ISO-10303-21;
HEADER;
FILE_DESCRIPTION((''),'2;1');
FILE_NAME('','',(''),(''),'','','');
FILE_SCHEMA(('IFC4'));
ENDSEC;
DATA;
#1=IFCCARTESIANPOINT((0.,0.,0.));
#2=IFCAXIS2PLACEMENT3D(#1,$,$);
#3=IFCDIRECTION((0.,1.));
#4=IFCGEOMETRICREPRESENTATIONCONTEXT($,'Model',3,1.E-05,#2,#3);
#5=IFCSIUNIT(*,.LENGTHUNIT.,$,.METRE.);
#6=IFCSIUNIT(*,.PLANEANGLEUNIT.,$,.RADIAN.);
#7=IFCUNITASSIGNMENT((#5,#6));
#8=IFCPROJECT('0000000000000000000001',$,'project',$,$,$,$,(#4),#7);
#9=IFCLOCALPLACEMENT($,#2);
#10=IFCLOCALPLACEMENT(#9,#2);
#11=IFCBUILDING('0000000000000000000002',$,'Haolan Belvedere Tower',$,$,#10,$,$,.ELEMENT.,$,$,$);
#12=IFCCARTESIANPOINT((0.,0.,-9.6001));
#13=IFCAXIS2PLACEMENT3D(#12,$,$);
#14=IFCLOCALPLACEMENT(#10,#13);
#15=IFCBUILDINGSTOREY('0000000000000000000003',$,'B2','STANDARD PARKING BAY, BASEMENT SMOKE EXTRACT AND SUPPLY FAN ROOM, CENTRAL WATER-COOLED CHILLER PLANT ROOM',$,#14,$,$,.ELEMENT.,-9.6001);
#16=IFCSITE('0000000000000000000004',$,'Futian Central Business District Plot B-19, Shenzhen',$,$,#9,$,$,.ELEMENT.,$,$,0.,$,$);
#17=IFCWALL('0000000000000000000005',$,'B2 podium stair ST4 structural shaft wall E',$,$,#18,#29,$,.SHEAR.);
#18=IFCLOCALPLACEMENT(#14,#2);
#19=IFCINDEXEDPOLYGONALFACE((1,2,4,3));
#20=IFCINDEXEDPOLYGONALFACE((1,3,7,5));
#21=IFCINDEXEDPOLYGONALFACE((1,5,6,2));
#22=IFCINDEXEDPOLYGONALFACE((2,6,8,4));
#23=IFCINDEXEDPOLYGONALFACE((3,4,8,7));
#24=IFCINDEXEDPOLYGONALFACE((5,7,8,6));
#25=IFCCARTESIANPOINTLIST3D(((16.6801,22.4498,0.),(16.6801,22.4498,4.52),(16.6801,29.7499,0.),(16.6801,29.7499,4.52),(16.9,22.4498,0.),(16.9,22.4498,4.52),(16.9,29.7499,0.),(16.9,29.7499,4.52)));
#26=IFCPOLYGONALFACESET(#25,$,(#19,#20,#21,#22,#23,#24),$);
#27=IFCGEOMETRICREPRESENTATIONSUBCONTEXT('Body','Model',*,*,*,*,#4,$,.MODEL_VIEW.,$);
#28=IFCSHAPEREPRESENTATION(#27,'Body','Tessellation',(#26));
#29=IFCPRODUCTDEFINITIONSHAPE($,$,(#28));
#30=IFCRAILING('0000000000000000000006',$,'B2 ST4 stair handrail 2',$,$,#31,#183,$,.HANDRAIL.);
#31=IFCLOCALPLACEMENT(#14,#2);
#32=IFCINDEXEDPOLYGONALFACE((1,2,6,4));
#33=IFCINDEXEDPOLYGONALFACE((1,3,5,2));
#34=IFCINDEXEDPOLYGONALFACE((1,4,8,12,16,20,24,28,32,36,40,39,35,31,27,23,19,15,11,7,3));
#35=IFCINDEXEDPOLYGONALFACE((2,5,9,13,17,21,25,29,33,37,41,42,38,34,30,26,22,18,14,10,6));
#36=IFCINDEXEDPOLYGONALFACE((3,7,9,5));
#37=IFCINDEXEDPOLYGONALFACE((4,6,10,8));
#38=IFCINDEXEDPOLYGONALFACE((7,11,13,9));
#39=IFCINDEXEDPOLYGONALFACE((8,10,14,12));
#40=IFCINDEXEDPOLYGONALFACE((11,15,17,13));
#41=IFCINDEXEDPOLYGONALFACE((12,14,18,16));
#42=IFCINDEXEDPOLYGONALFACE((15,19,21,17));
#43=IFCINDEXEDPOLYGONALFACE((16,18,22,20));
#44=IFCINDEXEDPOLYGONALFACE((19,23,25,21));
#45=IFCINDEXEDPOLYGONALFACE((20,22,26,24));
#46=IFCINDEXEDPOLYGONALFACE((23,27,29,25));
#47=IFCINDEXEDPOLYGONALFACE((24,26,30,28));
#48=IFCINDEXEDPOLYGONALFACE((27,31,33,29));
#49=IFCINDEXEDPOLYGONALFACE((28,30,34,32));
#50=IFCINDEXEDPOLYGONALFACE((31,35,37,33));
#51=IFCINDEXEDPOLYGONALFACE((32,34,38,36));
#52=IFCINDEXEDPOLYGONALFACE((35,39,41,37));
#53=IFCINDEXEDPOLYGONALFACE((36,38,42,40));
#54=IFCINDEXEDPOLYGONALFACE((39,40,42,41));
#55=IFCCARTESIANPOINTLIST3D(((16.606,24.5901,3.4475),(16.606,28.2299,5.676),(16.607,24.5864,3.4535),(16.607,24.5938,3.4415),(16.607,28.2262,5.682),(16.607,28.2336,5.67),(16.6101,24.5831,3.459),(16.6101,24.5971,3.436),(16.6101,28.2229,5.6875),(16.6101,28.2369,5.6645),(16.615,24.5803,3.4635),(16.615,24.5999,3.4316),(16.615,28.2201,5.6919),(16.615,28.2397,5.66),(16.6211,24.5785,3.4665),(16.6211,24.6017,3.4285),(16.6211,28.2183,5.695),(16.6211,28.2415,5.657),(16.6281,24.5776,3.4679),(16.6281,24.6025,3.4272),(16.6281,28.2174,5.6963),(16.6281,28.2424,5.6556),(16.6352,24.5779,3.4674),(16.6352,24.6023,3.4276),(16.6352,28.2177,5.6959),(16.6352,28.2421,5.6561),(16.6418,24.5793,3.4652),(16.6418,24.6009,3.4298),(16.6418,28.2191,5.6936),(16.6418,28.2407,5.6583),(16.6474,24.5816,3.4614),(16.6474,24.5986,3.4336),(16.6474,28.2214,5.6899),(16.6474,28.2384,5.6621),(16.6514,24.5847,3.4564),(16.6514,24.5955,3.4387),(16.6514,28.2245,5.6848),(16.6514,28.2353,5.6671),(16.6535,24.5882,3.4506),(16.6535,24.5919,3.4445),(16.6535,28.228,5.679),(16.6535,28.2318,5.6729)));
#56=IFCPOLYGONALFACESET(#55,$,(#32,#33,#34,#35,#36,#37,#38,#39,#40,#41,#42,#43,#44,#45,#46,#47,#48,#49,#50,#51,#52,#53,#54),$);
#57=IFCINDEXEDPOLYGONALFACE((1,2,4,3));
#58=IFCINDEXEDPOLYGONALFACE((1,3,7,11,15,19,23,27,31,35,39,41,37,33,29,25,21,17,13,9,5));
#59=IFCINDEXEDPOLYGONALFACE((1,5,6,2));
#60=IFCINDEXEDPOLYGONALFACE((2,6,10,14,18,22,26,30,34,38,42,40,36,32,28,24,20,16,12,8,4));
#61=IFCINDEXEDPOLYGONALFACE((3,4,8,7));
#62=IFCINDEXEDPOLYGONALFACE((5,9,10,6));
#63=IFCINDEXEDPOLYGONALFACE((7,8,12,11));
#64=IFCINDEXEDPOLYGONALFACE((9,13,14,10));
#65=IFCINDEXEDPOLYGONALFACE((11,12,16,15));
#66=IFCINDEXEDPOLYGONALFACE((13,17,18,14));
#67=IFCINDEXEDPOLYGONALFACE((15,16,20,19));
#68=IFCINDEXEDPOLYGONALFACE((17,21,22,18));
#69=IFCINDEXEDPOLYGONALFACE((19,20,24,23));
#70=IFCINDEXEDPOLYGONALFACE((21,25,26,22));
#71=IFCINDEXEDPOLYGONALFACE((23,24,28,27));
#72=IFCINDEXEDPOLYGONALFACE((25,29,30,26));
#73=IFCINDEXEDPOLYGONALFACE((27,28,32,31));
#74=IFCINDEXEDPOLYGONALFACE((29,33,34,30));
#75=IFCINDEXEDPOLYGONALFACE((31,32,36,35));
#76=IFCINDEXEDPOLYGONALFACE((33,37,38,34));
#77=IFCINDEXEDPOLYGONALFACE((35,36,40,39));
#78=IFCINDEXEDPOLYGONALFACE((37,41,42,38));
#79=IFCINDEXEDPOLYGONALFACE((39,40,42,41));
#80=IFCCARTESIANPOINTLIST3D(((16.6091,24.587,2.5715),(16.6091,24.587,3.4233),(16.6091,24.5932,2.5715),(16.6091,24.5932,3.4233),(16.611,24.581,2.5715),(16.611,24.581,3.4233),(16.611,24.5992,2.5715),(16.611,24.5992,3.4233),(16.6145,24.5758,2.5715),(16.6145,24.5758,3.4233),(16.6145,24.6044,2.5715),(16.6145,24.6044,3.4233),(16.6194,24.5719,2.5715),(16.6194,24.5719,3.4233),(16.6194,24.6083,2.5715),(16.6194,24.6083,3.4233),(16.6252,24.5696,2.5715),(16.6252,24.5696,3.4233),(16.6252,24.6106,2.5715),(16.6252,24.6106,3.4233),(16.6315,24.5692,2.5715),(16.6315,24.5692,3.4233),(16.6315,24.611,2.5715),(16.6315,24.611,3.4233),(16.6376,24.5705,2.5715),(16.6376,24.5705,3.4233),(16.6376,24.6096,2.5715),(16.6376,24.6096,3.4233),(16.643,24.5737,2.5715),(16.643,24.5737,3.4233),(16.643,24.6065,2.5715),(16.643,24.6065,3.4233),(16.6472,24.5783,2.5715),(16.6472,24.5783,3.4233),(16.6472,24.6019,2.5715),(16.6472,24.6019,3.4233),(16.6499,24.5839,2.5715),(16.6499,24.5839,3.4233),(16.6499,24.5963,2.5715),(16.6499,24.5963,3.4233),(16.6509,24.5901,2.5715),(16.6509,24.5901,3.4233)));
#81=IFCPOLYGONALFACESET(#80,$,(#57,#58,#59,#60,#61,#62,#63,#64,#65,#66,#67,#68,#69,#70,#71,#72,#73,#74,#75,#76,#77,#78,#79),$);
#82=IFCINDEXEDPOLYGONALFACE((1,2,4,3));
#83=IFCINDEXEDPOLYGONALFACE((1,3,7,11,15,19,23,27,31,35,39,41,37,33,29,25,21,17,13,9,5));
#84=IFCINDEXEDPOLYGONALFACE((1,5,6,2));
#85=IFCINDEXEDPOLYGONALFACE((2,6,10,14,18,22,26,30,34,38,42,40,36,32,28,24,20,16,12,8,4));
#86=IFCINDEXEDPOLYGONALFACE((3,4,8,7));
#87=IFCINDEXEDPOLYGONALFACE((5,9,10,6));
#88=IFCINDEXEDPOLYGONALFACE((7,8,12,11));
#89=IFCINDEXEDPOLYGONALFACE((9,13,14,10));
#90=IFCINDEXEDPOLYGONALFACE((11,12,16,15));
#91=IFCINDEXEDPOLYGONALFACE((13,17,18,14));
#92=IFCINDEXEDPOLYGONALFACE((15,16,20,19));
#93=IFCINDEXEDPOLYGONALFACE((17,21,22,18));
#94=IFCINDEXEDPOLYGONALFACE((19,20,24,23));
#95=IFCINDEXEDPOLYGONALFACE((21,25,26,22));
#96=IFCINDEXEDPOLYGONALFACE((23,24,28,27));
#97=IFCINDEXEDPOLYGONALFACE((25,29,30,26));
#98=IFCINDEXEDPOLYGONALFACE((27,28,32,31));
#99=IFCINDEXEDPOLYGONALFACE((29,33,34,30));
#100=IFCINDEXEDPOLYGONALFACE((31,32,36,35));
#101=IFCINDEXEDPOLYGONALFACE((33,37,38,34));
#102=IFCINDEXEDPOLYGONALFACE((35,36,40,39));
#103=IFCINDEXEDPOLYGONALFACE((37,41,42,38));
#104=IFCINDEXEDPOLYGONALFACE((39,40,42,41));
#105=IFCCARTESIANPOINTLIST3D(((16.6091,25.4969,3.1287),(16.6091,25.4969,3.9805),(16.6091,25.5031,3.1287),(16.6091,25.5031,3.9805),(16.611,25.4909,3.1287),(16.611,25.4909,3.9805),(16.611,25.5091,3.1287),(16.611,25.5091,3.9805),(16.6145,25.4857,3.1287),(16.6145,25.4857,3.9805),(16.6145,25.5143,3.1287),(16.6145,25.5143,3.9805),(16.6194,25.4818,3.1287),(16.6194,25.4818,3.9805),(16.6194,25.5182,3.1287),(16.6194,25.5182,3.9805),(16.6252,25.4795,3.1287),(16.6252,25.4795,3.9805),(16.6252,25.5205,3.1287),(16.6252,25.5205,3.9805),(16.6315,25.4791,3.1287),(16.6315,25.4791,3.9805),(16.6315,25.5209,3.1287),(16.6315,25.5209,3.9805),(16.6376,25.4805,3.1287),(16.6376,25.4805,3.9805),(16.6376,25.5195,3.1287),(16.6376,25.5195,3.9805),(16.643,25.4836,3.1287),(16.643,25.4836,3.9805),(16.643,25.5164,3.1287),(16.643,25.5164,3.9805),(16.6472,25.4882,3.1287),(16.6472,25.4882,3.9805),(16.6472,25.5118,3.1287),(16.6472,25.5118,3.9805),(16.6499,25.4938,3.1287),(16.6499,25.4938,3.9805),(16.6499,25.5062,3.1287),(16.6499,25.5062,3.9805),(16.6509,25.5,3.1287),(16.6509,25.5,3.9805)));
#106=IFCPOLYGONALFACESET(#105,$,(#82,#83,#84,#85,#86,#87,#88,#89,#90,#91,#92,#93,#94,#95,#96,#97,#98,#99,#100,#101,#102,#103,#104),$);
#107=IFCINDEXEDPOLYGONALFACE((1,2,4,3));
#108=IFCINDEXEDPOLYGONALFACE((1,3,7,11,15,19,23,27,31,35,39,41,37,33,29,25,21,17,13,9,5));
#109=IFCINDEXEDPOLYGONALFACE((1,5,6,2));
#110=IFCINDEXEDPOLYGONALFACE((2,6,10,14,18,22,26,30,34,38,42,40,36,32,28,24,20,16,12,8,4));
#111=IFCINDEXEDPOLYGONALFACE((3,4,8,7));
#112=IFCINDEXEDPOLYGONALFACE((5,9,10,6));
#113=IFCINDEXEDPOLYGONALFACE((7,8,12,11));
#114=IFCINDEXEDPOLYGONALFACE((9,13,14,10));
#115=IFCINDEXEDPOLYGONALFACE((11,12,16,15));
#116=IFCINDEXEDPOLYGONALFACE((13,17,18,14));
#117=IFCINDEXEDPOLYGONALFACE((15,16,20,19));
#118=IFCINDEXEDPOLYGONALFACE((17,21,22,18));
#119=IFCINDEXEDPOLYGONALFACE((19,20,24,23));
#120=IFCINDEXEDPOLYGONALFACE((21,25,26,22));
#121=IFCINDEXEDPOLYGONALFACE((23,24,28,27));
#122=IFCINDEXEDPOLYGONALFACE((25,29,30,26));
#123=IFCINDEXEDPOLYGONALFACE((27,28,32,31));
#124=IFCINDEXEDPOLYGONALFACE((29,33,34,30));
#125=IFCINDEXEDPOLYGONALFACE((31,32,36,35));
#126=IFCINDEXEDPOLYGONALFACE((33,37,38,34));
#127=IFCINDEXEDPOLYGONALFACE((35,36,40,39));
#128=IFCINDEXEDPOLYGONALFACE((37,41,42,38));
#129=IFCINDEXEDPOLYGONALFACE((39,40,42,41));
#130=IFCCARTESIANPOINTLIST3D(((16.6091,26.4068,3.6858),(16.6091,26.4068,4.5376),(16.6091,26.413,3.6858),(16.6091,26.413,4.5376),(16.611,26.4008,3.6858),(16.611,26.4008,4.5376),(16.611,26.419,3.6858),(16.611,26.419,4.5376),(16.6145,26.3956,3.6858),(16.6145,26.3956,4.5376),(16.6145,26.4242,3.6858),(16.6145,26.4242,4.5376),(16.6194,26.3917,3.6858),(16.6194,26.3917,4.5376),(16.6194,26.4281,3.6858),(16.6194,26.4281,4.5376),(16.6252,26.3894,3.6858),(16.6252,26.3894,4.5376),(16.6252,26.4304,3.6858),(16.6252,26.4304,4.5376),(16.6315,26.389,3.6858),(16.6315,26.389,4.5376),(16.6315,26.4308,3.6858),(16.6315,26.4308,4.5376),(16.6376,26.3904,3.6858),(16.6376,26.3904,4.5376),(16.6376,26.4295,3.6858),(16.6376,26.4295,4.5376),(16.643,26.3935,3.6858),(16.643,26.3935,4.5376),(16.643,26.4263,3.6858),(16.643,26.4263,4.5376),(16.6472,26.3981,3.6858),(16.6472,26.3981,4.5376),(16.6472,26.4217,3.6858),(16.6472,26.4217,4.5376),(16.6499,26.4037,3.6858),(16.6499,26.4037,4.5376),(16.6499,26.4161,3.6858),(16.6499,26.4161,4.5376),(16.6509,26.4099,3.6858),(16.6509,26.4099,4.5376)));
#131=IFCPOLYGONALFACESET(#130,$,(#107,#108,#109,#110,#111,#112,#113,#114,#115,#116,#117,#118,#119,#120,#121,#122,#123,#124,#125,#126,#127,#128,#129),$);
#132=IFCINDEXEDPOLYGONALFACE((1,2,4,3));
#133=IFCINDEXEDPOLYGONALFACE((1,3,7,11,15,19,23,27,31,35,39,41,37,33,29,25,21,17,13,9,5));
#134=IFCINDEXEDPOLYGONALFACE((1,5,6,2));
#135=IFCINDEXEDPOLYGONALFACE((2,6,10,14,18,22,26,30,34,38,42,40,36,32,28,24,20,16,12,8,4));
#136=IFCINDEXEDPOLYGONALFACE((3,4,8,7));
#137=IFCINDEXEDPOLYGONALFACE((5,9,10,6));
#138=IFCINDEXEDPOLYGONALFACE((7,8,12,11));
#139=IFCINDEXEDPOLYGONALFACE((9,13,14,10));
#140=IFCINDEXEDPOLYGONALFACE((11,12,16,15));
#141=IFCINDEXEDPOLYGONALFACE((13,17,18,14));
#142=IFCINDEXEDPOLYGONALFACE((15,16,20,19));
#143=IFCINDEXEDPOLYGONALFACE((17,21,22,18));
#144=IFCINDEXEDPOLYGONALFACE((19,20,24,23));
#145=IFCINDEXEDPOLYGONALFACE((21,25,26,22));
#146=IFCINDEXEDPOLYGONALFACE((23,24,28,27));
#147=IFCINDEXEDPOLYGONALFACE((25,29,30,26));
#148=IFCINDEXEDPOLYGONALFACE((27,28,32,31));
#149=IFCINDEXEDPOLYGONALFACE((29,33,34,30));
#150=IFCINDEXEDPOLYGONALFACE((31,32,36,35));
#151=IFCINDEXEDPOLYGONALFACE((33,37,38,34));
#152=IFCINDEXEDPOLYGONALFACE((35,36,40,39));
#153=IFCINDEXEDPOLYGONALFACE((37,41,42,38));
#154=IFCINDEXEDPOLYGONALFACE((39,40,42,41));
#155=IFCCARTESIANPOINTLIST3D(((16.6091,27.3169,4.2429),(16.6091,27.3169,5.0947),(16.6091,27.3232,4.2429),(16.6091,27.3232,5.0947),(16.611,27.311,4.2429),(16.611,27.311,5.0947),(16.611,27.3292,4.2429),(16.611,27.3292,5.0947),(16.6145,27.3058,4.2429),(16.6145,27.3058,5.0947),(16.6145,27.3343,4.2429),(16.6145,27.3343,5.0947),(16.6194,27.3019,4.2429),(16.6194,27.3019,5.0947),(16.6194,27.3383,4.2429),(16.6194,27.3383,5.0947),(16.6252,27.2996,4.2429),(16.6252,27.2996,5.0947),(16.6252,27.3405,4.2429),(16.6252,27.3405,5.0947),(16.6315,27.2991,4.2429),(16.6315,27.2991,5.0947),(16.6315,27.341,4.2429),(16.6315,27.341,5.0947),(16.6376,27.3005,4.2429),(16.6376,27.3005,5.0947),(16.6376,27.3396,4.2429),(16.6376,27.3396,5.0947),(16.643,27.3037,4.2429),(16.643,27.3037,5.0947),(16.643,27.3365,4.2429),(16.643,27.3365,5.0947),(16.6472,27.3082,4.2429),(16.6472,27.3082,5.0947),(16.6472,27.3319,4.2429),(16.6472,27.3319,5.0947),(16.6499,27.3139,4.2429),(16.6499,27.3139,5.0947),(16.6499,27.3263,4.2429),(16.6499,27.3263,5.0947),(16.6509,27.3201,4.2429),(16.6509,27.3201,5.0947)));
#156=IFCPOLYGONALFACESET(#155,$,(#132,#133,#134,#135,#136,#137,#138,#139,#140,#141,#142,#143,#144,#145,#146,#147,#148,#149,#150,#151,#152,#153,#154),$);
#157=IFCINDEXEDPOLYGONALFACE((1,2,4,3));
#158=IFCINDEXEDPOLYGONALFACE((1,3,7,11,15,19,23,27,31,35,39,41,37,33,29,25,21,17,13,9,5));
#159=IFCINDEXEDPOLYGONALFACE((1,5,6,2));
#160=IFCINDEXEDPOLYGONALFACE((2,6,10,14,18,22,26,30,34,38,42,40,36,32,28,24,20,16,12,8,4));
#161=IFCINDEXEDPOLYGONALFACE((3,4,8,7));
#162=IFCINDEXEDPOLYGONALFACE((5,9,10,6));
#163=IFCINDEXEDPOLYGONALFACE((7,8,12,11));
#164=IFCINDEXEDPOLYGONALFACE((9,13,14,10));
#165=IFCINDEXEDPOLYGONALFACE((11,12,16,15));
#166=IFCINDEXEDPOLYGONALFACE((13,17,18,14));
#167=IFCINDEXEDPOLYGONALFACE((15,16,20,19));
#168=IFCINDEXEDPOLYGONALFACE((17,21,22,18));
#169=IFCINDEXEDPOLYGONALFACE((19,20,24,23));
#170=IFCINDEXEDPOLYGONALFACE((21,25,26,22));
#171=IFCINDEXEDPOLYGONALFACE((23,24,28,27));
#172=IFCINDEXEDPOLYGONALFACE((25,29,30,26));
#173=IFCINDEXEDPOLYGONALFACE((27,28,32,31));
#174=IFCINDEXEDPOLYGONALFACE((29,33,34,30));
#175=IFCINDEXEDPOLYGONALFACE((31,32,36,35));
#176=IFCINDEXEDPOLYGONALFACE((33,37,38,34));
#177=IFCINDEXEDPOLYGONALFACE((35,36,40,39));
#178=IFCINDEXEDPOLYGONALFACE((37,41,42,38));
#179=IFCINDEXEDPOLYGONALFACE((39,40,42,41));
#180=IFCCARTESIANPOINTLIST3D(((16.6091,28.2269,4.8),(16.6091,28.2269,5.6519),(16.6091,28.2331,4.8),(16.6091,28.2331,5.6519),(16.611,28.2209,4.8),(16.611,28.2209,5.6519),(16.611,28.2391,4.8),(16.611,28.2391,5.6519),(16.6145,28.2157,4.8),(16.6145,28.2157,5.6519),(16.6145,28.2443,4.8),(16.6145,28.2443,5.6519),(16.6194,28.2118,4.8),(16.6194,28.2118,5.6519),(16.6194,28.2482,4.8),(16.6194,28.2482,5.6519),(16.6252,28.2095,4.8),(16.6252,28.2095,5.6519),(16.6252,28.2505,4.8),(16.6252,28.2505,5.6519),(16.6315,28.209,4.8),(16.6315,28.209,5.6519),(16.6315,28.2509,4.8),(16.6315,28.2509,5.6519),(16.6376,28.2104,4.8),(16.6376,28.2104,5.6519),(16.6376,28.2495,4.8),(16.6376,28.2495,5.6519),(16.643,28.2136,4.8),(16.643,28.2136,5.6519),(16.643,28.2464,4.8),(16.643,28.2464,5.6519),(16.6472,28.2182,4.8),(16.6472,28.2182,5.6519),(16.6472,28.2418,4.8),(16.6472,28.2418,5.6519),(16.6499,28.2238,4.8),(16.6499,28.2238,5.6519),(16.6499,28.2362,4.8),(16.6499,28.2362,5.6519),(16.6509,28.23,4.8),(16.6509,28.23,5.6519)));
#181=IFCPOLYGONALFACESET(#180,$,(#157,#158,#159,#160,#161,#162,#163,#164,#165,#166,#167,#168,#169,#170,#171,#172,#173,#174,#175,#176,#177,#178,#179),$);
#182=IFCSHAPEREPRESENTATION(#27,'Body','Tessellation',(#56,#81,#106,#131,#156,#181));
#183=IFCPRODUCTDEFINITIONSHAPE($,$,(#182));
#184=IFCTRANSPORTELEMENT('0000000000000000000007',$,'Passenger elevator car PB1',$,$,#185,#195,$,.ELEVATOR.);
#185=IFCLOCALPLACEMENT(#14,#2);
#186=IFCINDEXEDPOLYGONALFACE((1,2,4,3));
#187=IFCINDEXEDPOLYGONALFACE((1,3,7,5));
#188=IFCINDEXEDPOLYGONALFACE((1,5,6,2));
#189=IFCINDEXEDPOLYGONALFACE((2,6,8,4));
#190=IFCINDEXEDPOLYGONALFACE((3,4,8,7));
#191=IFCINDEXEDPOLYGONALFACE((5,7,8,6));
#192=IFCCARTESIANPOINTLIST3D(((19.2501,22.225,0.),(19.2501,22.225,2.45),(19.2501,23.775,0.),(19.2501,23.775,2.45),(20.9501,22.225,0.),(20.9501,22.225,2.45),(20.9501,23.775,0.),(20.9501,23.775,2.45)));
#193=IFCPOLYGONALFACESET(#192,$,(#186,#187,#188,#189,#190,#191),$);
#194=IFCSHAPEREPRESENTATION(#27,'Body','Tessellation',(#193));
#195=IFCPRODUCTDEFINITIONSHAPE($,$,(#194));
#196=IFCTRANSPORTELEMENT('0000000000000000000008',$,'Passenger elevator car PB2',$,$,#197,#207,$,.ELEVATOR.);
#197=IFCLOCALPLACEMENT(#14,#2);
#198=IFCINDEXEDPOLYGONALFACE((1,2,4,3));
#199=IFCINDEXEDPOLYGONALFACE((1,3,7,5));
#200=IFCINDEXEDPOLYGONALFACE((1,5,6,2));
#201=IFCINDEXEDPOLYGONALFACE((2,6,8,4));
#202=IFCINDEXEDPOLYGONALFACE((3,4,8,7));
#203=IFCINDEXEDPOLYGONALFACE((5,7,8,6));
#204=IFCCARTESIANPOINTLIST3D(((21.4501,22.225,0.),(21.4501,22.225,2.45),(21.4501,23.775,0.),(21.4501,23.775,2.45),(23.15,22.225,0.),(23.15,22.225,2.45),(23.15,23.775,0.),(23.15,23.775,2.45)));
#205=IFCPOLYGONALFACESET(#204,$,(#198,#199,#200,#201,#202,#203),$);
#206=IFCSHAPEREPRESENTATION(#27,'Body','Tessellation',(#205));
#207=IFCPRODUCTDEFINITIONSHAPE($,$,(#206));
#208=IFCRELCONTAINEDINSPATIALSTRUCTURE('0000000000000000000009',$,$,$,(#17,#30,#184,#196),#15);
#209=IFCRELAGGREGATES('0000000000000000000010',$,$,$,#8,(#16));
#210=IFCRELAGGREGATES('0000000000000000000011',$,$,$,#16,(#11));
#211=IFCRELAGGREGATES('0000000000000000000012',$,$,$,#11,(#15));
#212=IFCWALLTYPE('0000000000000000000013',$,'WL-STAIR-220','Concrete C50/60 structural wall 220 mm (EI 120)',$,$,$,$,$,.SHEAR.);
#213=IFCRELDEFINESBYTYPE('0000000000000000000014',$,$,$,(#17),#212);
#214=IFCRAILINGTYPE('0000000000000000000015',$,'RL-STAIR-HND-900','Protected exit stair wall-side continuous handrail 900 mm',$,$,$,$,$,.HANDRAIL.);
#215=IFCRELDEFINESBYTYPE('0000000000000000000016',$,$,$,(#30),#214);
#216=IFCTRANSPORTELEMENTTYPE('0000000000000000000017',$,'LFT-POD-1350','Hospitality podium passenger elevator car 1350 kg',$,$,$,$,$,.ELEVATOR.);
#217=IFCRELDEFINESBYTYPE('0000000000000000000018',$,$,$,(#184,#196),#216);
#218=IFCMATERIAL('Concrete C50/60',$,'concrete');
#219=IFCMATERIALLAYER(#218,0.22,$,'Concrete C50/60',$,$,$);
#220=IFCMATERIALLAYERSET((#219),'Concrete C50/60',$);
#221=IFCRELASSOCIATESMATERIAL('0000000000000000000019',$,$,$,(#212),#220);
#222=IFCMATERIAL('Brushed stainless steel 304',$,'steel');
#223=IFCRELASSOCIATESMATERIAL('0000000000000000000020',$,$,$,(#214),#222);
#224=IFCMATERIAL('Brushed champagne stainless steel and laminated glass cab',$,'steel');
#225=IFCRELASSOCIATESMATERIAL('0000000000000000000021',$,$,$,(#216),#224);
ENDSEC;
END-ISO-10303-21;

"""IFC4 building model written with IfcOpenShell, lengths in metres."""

from ifc_helpers import new_model, si_unit, direction, frame, frame_2d, origin, origin_2d, place, context, subcontext, project, spatial, rectangle, circle, extrude, material, layer, layer_set, type_object, element, save


model = new_model("IFC4")

# Units and contexts
model_context = context("Model", 3, precision=1e-05, world=origin(), true_north=direction((0.0, 1.0)))
body_context = subcontext(model_context, "Body", "Model", "MODEL_VIEW")
ifc_project = project(units=[si_unit("LENGTHUNIT", "METRE"), si_unit("PLANEANGLEUNIT", "RADIAN")], contexts=[model_context])

# Site, building, storey
site_placement = place(None, origin())
site = spatial("IfcSite", under=ifc_project, at=site_placement, Name="Futian Central Business District Plot B-19, Shenzhen", CompositionType="ELEMENT", RefElevation=0.0)
building_placement = place(site_placement, origin())
building = spatial("IfcBuilding", under=site, at=building_placement, Name="Haolan Belvedere Tower", CompositionType="ELEMENT")
storey_placement = place(building_placement, frame((0.0, 0.0, -9.6001)))
storey = spatial("IfcBuildingStorey", under=building, at=storey_placement, Name="B2", Description="STANDARD PARKING BAY, BASEMENT SMOKE EXTRACT AND SUPPLY FAN ROOM, CENTRAL WATER-COOLED CHILLER PLANT ROOM", CompositionType="ELEMENT", Elevation=-9.6001)

# Wall
ifc_material_1 = material(Name="Concrete C50/60", Category="concrete")
ifc_layer_1 = layer(ifc_material_1, 0.22, Name="Concrete C50/60")
ifc_layer_set_1 = layer_set([ifc_layer_1], Name="Concrete C50/60")
wall_type_1 = type_object("IfcWallType", Name="WL-STAIR-220", Description="Concrete C50/60 structural wall 220 mm (EI 120)", PredefinedType="SHEAR", material=ifc_layer_set_1)
wall_1_placement = place(storey_placement, frame((16.79, 22.45, 0.0), z_axis=(0.0, 0.0, 1.0), x_axis=(0.0, 1.0, 0.0)))
element("IfcWall", 1, at=wall_1_placement, inside=storey, type_object=wall_type_1, Name="B2 podium stair ST4 structural shaft wall E", PredefinedType="SHEAR", context=body_context, shape_type="SweptSolid", body=[
    extrude(rectangle(XDim=7.3, YDim=0.22, at=frame_2d((3.6499, 0.0))), origin(), (0.0, 0.0, 1.0), 4.52),
])

# Railing
ifc_material_2 = material(Name="Brushed stainless steel 304", Category="steel")
railing_type = type_object("IfcRailingType", Name="RL-STAIR-HND-900", Description="Protected exit stair wall-side continuous handrail 900 mm", PredefinedType="HANDRAIL", material=ifc_material_2)
railing_placement = place(storey_placement, frame((16.6299, 24.5901, 2.5715)))
element("IfcRailing", 2, at=railing_placement, inside=storey, type_object=railing_type, Name="B2 ST4 stair handrail 2", PredefinedType="HANDRAIL", context=body_context, shape_type="SweptSolid", body=[
    extrude(circle(Radius=0.0239, at=origin_2d()), frame((0.0, 0.0, 0.876), z_axis=(0.0, 0.85285, 0.522156), x_axis=(-1.0, 0.0, 0.0)), (0.0, 0.0, 1.0), 4.2678),
    extrude(circle(Radius=0.021, at=origin_2d()), origin(), (0.0, 0.0, 1.0), 0.8518),
    extrude(circle(Radius=0.021, at=origin_2d()), frame((0.0, 0.9099, 0.5571)), (0.0, 0.0, 1.0), 0.8518),
    extrude(circle(Radius=0.021, at=origin_2d()), frame((0.0, 1.8198, 1.1143)), (0.0, 0.0, 1.0), 0.8518),
    extrude(circle(Radius=0.021, at=origin_2d()), frame((0.0, 2.73, 1.6714)), (0.0, 0.0, 1.0), 0.8518),
    extrude(circle(Radius=0.021, at=origin_2d()), frame((0.0, 3.6399, 2.2285)), (0.0, 0.0, 1.0), 0.8518),
])

# Transport elements
ifc_material_3 = material(Name="Brushed champagne stainless steel and laminated glass cab", Category="steel")
transport_element_type = type_object("IfcTransportElementType", Name="LFT-POD-1350", Description="Hospitality podium passenger elevator car 1350 kg", PredefinedType="ELEVATOR", material=ifc_material_3)
for number, where, z_axis, x_axis, name in (
    (3, (20.1001, 23.0, 0.0), (0.0, 0.0, 1.0), (1.0, 0.0, 0.0), "Passenger elevator car PB1"),
    (4, (22.3, 23.0, 0.0), (0.0, 0.0, 1.0), (1.0, 0.0, 0.0), "Passenger elevator car PB2"),
):
    element("IfcTransportElement", number, at=place(storey_placement, frame(where, z_axis=z_axis, x_axis=x_axis)), inside=storey, type_object=transport_element_type, Name=name, PredefinedType="ELEVATOR", context=body_context, shape_type="SweptSolid", body=[
        extrude(rectangle(XDim=1.7, YDim=1.55, at=origin_2d()), origin(), (0.0, 0.0, 1.0), 2.45),
    ])

save(model, "model.ifc")
